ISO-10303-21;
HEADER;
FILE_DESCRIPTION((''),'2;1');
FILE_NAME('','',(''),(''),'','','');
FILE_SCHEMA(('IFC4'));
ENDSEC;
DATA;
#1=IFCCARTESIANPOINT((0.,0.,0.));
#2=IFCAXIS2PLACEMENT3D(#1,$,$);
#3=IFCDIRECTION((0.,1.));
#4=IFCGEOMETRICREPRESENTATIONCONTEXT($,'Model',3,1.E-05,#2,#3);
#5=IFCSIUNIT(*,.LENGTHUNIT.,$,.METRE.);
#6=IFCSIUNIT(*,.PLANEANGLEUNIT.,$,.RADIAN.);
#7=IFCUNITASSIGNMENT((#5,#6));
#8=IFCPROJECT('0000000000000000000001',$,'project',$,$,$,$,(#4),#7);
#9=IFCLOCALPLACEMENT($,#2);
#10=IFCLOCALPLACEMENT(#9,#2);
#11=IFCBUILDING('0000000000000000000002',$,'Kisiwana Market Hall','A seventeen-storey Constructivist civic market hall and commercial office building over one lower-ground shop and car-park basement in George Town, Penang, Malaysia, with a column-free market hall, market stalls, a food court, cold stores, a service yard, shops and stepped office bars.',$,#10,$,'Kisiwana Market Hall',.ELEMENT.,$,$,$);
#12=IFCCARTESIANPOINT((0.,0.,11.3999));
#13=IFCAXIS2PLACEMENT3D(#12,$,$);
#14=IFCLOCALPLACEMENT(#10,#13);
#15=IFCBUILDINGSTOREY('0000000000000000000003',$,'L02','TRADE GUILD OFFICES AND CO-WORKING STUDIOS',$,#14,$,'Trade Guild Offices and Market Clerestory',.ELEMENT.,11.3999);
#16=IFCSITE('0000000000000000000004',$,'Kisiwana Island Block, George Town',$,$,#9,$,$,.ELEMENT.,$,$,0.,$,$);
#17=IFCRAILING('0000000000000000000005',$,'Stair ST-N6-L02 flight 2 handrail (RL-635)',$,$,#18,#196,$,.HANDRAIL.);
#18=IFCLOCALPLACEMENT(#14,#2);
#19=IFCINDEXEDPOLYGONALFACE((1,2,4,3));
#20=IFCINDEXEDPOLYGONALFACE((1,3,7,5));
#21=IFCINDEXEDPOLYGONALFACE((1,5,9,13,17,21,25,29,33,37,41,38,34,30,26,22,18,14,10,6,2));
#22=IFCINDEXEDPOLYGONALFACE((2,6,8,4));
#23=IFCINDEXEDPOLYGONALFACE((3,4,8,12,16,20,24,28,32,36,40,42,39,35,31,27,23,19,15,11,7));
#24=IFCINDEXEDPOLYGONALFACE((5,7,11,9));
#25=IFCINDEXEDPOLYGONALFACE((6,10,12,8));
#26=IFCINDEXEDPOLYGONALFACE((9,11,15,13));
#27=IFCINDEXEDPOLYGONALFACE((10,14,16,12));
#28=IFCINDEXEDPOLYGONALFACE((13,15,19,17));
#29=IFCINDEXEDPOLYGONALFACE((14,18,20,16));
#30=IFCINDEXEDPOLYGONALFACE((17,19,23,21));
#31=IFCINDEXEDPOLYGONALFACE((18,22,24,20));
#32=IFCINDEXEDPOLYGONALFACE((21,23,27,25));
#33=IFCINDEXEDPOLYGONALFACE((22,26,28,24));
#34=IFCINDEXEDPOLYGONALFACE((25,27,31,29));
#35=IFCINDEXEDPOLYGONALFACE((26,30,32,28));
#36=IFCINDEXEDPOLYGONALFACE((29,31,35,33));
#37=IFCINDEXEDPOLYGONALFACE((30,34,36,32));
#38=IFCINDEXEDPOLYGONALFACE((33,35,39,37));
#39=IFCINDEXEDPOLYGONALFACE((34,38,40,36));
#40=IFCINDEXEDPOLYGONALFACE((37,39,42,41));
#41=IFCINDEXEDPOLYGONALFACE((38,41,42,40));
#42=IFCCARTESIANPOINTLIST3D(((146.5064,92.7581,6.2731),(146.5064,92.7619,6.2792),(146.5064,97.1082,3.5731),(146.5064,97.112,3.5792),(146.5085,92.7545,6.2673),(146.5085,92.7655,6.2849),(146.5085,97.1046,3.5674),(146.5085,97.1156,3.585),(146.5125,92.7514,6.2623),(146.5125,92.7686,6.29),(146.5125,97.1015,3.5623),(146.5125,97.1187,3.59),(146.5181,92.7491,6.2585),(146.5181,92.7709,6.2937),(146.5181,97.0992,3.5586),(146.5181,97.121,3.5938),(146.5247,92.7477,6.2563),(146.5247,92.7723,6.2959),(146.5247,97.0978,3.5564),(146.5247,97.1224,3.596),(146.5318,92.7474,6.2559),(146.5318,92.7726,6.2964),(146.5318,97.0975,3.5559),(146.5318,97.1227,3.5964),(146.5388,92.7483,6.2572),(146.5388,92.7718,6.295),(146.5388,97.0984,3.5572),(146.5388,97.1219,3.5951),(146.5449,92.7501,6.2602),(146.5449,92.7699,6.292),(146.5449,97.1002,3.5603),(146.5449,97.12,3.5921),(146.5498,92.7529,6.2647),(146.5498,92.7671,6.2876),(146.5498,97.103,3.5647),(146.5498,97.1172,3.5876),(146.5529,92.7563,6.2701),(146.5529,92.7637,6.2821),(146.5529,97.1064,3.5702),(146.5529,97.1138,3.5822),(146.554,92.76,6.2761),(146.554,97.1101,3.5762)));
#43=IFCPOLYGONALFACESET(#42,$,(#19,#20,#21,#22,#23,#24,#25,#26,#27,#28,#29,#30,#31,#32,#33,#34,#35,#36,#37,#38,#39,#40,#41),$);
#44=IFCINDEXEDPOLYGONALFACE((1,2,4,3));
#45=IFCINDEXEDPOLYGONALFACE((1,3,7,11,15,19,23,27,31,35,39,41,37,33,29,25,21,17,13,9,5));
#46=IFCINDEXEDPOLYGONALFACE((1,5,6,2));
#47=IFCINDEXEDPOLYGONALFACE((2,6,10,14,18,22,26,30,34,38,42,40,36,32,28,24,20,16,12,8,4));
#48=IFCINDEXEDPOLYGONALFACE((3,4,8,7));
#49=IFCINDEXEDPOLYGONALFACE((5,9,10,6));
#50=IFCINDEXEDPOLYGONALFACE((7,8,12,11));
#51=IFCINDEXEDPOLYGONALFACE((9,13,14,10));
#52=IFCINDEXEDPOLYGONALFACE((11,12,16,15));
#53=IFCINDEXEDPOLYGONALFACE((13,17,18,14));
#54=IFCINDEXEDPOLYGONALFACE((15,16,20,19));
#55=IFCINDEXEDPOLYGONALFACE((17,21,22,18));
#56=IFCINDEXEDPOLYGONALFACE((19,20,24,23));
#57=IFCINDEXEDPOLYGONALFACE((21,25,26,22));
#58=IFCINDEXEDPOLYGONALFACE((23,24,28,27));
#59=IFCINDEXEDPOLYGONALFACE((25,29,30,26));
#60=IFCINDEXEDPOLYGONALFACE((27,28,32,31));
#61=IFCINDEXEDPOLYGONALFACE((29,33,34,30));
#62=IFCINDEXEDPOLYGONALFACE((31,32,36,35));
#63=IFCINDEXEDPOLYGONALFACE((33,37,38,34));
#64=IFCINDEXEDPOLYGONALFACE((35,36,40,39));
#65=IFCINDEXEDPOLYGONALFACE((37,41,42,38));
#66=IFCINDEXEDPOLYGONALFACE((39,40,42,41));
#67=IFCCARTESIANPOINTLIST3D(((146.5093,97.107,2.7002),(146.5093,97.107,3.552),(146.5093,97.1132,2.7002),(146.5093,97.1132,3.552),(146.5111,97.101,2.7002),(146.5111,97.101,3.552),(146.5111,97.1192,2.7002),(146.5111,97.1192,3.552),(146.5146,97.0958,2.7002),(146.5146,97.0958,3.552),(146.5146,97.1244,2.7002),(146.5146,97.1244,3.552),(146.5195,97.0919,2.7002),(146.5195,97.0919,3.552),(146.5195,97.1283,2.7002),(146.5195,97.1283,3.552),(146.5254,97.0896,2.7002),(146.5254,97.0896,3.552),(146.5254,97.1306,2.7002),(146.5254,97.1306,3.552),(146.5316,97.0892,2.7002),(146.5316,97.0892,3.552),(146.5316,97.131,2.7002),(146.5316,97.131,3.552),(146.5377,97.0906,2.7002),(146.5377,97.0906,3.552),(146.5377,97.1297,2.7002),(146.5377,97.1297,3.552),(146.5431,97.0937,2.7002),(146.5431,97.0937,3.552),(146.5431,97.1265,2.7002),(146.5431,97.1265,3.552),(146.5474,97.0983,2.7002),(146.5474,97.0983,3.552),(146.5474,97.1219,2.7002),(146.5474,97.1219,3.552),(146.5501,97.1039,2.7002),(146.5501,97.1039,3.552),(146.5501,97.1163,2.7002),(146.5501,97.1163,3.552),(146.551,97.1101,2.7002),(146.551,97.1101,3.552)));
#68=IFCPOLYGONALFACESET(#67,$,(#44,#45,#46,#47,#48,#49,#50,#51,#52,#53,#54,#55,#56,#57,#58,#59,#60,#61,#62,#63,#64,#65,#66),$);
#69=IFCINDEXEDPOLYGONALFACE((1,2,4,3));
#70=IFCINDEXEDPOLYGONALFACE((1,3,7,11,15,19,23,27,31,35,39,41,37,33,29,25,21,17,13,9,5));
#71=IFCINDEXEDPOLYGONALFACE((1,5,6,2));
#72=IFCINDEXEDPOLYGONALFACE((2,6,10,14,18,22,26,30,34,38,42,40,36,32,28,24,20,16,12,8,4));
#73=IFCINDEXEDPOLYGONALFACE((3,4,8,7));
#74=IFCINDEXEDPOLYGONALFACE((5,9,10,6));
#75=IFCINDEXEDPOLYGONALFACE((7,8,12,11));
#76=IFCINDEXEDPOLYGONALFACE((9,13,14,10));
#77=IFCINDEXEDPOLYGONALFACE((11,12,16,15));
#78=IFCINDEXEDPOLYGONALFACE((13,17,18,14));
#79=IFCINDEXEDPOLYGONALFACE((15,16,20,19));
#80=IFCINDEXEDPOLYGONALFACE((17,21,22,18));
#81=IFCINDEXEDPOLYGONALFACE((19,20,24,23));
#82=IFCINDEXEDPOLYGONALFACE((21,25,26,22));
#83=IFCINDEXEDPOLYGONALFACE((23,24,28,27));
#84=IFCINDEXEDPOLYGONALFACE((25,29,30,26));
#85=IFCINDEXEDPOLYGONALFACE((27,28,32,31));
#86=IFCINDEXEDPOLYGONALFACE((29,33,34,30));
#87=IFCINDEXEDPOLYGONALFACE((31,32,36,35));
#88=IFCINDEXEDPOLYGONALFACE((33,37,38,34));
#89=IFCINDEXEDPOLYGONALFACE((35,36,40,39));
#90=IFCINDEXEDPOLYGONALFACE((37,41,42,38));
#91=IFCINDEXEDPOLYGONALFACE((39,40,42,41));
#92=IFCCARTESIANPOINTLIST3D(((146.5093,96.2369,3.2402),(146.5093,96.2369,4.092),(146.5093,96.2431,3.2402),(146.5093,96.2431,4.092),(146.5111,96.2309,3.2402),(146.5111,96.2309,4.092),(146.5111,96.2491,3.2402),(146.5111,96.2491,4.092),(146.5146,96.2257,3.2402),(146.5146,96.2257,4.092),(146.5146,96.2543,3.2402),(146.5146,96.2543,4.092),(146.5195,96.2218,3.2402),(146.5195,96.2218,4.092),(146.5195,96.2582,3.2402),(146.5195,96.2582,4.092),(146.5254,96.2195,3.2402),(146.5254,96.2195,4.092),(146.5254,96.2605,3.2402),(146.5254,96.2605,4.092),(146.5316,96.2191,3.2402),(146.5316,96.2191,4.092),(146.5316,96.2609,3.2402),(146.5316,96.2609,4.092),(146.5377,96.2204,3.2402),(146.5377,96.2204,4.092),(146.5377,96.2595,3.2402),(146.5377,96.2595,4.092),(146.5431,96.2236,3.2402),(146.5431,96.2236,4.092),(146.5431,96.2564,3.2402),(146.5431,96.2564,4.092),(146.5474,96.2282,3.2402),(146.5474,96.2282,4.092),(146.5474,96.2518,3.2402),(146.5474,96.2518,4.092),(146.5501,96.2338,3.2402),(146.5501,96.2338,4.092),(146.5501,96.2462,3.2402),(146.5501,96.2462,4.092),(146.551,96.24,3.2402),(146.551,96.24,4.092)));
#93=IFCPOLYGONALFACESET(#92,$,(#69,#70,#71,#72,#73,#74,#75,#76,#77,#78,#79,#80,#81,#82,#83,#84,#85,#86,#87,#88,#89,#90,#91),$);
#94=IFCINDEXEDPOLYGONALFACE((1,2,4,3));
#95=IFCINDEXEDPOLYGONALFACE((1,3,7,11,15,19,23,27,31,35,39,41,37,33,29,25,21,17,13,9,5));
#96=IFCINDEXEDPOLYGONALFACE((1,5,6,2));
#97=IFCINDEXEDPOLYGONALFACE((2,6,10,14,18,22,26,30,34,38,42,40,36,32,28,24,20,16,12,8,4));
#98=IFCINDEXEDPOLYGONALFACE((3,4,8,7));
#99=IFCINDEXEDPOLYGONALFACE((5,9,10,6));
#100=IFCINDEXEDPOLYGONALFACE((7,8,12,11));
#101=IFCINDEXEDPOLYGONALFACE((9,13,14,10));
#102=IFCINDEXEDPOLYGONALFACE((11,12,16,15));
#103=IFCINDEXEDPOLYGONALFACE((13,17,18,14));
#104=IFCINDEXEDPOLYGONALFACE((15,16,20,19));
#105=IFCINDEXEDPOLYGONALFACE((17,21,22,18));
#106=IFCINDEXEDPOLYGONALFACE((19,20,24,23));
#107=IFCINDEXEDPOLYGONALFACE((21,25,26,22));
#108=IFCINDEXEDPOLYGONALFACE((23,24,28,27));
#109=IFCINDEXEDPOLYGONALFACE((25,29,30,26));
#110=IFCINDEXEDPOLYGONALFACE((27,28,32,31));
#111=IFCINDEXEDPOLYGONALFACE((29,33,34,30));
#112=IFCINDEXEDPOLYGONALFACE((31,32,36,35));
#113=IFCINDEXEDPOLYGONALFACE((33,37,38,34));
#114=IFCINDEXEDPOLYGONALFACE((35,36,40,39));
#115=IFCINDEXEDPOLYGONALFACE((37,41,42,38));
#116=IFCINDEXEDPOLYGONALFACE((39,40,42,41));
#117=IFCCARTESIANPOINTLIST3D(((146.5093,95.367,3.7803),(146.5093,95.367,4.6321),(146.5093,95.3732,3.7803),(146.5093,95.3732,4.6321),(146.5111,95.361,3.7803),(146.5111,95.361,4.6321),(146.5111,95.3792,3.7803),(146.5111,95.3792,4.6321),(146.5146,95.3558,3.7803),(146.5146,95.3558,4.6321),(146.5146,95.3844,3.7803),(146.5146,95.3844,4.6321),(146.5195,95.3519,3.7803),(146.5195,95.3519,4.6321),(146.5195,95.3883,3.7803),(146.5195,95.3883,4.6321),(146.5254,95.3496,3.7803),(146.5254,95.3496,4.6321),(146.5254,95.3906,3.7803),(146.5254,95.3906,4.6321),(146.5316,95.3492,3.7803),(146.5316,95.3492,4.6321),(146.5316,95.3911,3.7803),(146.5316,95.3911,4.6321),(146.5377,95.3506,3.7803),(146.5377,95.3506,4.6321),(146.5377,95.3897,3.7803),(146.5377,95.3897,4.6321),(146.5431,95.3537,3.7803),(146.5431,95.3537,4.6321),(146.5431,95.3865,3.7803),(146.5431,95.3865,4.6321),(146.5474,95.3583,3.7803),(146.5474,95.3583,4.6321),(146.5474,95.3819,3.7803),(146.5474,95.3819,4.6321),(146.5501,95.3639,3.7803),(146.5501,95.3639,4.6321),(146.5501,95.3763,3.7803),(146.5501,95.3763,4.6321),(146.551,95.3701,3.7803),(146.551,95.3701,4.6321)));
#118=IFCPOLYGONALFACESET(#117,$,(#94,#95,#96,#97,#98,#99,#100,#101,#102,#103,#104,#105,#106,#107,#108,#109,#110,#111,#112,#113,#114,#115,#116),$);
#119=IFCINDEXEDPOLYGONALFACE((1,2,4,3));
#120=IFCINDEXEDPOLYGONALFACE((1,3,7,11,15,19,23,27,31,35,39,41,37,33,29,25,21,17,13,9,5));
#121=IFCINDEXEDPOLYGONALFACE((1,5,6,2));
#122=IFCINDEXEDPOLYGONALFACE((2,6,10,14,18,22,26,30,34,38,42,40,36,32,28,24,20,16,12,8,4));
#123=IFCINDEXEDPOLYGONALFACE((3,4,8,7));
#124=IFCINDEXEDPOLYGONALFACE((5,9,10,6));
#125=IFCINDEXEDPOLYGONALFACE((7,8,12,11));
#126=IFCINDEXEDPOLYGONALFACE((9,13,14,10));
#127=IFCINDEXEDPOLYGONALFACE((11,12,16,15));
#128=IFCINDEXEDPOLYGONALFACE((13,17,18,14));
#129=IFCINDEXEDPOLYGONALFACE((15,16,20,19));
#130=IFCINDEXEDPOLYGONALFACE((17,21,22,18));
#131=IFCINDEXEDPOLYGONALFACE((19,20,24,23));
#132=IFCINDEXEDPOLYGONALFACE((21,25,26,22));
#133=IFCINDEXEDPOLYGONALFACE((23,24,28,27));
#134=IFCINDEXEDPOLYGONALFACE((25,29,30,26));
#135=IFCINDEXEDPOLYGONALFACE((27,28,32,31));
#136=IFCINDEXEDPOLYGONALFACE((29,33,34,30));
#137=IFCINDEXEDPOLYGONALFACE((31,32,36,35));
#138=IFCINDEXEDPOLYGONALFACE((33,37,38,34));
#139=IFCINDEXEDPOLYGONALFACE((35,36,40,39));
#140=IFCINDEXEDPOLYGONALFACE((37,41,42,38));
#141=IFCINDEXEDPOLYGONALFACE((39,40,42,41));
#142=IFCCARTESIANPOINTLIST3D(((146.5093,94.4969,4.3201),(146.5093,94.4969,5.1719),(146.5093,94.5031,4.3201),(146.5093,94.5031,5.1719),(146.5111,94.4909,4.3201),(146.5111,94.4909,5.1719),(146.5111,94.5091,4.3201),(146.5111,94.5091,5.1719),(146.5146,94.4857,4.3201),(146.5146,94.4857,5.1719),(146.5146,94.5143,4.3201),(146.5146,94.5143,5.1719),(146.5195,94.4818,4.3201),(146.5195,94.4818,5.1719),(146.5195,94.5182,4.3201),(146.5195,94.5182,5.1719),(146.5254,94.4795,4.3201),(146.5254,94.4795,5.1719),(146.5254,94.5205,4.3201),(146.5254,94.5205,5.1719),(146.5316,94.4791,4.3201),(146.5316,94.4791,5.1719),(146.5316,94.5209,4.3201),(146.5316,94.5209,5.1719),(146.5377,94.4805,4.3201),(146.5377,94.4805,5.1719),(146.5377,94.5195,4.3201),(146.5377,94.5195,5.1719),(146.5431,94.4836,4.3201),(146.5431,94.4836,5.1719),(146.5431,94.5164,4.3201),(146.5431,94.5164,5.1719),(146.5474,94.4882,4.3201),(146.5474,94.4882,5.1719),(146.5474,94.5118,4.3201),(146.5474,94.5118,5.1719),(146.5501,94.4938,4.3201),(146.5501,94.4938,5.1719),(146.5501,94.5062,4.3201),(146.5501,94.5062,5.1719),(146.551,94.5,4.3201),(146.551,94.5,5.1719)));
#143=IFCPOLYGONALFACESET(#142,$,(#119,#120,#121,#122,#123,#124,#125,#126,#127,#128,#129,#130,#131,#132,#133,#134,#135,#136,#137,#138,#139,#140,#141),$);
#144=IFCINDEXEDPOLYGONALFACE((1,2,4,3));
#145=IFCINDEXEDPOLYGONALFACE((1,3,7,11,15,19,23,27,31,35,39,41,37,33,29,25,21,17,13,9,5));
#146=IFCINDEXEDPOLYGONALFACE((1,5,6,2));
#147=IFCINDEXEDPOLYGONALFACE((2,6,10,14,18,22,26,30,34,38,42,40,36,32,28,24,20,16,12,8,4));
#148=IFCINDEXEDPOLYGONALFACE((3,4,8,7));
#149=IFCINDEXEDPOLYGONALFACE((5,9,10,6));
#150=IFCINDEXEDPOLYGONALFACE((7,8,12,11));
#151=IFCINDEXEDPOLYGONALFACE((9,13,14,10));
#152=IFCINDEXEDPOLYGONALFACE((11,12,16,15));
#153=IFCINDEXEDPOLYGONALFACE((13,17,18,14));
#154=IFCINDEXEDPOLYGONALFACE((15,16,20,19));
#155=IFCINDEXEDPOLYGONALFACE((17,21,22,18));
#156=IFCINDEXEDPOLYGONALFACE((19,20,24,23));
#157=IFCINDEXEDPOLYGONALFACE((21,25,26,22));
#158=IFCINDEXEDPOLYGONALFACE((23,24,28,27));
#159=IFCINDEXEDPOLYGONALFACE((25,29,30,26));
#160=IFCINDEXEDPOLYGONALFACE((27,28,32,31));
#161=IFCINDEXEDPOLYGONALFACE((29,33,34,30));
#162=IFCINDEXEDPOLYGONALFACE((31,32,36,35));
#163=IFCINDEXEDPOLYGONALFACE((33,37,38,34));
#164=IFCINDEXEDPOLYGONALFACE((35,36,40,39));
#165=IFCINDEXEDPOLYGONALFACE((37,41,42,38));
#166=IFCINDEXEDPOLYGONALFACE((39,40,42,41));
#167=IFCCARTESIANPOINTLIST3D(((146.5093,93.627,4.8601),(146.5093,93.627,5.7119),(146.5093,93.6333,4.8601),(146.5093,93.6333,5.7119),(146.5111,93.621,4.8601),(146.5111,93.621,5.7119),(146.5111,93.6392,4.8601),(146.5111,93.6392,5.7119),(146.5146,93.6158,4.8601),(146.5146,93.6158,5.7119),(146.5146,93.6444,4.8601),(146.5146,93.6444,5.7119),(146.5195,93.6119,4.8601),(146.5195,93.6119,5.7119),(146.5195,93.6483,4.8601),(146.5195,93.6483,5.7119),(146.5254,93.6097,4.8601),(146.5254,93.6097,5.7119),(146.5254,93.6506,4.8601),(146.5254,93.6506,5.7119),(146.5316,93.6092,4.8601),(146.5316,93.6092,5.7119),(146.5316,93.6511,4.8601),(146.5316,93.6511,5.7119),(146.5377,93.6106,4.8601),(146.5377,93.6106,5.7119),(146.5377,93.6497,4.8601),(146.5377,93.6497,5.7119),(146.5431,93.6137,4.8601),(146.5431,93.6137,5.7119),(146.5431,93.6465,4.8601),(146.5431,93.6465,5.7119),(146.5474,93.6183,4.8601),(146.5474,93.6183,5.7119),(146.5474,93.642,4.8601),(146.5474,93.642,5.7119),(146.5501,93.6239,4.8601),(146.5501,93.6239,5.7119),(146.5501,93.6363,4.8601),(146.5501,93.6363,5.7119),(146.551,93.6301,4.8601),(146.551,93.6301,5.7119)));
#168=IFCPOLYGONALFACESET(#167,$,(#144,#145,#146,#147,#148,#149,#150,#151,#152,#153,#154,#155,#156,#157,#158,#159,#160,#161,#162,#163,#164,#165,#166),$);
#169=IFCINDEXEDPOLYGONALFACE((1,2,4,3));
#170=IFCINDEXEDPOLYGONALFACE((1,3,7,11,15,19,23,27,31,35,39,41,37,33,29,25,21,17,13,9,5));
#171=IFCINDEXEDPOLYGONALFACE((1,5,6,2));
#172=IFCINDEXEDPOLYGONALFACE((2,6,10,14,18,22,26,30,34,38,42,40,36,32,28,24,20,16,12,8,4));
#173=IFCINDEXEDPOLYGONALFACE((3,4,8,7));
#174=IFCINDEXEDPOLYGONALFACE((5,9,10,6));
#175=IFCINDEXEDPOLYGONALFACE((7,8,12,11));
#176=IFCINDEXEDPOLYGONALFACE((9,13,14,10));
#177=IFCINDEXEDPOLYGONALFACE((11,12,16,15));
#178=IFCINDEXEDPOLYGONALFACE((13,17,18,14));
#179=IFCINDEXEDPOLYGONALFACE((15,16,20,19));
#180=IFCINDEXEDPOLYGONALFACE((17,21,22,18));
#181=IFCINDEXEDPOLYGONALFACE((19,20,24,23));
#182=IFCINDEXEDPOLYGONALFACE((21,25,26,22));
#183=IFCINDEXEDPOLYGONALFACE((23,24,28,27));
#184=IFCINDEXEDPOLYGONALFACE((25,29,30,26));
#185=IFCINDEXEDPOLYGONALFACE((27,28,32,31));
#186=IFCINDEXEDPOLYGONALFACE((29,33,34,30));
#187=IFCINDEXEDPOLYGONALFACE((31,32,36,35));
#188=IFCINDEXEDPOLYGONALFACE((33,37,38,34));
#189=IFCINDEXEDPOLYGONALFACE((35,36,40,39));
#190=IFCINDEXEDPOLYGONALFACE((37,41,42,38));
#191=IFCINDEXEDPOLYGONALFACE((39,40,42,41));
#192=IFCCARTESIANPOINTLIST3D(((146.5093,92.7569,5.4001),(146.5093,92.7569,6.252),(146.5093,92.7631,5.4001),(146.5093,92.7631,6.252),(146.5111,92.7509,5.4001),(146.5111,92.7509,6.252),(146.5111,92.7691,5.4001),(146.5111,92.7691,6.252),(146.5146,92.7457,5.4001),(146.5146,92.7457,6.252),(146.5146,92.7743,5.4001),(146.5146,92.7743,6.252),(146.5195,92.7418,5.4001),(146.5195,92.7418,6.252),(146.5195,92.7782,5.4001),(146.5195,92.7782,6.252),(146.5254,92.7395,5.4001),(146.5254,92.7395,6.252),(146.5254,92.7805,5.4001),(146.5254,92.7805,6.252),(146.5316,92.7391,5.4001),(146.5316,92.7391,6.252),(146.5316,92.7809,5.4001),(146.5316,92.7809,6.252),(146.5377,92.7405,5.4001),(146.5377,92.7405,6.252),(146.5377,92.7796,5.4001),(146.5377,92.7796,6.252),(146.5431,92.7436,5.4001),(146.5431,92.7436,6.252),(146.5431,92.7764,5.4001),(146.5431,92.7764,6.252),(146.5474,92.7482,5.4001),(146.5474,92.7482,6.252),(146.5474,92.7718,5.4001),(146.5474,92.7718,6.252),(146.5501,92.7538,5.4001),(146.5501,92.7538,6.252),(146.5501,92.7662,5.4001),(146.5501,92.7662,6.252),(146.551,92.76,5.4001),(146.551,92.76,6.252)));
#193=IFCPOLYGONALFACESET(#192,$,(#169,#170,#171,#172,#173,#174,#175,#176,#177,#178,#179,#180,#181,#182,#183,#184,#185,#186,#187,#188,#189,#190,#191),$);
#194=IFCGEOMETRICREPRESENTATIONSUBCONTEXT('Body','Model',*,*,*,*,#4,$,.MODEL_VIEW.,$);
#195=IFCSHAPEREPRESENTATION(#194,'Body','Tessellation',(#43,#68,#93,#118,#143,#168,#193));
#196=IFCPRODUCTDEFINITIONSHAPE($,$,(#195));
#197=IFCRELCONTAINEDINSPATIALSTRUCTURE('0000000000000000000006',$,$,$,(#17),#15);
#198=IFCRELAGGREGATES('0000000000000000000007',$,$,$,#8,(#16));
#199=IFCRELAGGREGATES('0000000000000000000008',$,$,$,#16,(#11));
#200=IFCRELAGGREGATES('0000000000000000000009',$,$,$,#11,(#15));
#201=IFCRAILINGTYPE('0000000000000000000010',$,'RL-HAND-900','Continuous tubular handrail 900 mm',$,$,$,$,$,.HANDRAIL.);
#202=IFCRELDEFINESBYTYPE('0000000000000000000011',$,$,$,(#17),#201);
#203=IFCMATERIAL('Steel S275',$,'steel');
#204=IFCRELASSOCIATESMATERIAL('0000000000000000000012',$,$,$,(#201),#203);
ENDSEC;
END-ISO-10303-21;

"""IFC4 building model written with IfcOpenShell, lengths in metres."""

from ifc_helpers import new_model, si_unit, direction, frame, origin, origin_2d, place, context, subcontext, project, spatial, circle, extrude, material, type_object, element, save


model = new_model("IFC4")

# Units and contexts
model_context = context("Model", 3, precision=1e-05, world=origin(), true_north=direction((0.0, 1.0)))
body_context = subcontext(model_context, "Body", "Model", "MODEL_VIEW")
ifc_project = project(units=[si_unit("LENGTHUNIT", "METRE"), si_unit("PLANEANGLEUNIT", "RADIAN")], contexts=[model_context])

# Site, building, storey
site_placement = place(None, origin())
site = spatial("IfcSite", under=ifc_project, at=site_placement, Name="Kisiwana Island Block, George Town", CompositionType="ELEMENT", RefElevation=0.0)
building_placement = place(site_placement, origin())
building = spatial("IfcBuilding", under=site, at=building_placement, Name="Kisiwana Market Hall", Description="A seventeen-storey Constructivist civic market hall and commercial office building over one lower-ground shop and car-park basement in George Town, Penang, Malaysia, with a column-free market hall, market stalls, a food court, cold stores, a service yard, shops and stepped office bars.", LongName="Kisiwana Market Hall", CompositionType="ELEMENT")
storey_placement = place(building_placement, frame((0.0, 0.0, 11.3999)))
storey = spatial("IfcBuildingStorey", under=building, at=storey_placement, Name="L02", Description="TRADE GUILD OFFICES AND CO-WORKING STUDIOS", LongName="Trade Guild Offices and Market Clerestory", CompositionType="ELEMENT", Elevation=11.3999)

# Railing
ifc_material_1 = material(Name="Steel S275", Category="steel")
railing_type_1 = type_object("IfcRailingType", Name="RL-HAND-900", Description="Continuous tubular handrail 900 mm", PredefinedType="HANDRAIL", material=ifc_material_1)
railing_1_placement = place(storey_placement, frame((146.53, 97.1101, 2.7002)))
element("IfcRailing", 1, at=railing_1_placement, inside=storey, type_object=railing_type_1, Name="Stair ST-N6-L02 flight 2 handrail (RL-635)", PredefinedType="HANDRAIL", context=body_context, shape_type="SweptSolid", body=[
    extrude(circle(Radius=0.0239, at=origin_2d()), frame((0.0, 0.0, 0.876), z_axis=(0.0, -0.84965, 0.527347), x_axis=(1.0, 0.0, 0.0)), (0.0, 0.0, 1.0), 5.1199),
    extrude(circle(Radius=0.021, at=origin_2d()), origin(), (0.0, 0.0, 1.0), 0.8518),
    extrude(circle(Radius=0.021, at=origin_2d()), frame((0.0, -0.8701, 0.54)), (0.0, 0.0, 1.0), 0.8518),
    extrude(circle(Radius=0.021, at=origin_2d()), frame((0.0, -1.74, 1.0801)), (0.0, 0.0, 1.0), 0.8518),
    extrude(circle(Radius=0.021, at=origin_2d()), frame((0.0, -2.6101, 1.6199)), (0.0, 0.0, 1.0), 0.8518),
    extrude(circle(Radius=0.021, at=origin_2d()), frame((0.0, -3.48, 2.1599)), (0.0, 0.0, 1.0), 0.8518),
    extrude(circle(Radius=0.021, at=origin_2d()), frame((0.0, -4.3501, 2.7)), (0.0, 0.0, 1.0), 0.8518),
])

save(model, "model.ifc")
